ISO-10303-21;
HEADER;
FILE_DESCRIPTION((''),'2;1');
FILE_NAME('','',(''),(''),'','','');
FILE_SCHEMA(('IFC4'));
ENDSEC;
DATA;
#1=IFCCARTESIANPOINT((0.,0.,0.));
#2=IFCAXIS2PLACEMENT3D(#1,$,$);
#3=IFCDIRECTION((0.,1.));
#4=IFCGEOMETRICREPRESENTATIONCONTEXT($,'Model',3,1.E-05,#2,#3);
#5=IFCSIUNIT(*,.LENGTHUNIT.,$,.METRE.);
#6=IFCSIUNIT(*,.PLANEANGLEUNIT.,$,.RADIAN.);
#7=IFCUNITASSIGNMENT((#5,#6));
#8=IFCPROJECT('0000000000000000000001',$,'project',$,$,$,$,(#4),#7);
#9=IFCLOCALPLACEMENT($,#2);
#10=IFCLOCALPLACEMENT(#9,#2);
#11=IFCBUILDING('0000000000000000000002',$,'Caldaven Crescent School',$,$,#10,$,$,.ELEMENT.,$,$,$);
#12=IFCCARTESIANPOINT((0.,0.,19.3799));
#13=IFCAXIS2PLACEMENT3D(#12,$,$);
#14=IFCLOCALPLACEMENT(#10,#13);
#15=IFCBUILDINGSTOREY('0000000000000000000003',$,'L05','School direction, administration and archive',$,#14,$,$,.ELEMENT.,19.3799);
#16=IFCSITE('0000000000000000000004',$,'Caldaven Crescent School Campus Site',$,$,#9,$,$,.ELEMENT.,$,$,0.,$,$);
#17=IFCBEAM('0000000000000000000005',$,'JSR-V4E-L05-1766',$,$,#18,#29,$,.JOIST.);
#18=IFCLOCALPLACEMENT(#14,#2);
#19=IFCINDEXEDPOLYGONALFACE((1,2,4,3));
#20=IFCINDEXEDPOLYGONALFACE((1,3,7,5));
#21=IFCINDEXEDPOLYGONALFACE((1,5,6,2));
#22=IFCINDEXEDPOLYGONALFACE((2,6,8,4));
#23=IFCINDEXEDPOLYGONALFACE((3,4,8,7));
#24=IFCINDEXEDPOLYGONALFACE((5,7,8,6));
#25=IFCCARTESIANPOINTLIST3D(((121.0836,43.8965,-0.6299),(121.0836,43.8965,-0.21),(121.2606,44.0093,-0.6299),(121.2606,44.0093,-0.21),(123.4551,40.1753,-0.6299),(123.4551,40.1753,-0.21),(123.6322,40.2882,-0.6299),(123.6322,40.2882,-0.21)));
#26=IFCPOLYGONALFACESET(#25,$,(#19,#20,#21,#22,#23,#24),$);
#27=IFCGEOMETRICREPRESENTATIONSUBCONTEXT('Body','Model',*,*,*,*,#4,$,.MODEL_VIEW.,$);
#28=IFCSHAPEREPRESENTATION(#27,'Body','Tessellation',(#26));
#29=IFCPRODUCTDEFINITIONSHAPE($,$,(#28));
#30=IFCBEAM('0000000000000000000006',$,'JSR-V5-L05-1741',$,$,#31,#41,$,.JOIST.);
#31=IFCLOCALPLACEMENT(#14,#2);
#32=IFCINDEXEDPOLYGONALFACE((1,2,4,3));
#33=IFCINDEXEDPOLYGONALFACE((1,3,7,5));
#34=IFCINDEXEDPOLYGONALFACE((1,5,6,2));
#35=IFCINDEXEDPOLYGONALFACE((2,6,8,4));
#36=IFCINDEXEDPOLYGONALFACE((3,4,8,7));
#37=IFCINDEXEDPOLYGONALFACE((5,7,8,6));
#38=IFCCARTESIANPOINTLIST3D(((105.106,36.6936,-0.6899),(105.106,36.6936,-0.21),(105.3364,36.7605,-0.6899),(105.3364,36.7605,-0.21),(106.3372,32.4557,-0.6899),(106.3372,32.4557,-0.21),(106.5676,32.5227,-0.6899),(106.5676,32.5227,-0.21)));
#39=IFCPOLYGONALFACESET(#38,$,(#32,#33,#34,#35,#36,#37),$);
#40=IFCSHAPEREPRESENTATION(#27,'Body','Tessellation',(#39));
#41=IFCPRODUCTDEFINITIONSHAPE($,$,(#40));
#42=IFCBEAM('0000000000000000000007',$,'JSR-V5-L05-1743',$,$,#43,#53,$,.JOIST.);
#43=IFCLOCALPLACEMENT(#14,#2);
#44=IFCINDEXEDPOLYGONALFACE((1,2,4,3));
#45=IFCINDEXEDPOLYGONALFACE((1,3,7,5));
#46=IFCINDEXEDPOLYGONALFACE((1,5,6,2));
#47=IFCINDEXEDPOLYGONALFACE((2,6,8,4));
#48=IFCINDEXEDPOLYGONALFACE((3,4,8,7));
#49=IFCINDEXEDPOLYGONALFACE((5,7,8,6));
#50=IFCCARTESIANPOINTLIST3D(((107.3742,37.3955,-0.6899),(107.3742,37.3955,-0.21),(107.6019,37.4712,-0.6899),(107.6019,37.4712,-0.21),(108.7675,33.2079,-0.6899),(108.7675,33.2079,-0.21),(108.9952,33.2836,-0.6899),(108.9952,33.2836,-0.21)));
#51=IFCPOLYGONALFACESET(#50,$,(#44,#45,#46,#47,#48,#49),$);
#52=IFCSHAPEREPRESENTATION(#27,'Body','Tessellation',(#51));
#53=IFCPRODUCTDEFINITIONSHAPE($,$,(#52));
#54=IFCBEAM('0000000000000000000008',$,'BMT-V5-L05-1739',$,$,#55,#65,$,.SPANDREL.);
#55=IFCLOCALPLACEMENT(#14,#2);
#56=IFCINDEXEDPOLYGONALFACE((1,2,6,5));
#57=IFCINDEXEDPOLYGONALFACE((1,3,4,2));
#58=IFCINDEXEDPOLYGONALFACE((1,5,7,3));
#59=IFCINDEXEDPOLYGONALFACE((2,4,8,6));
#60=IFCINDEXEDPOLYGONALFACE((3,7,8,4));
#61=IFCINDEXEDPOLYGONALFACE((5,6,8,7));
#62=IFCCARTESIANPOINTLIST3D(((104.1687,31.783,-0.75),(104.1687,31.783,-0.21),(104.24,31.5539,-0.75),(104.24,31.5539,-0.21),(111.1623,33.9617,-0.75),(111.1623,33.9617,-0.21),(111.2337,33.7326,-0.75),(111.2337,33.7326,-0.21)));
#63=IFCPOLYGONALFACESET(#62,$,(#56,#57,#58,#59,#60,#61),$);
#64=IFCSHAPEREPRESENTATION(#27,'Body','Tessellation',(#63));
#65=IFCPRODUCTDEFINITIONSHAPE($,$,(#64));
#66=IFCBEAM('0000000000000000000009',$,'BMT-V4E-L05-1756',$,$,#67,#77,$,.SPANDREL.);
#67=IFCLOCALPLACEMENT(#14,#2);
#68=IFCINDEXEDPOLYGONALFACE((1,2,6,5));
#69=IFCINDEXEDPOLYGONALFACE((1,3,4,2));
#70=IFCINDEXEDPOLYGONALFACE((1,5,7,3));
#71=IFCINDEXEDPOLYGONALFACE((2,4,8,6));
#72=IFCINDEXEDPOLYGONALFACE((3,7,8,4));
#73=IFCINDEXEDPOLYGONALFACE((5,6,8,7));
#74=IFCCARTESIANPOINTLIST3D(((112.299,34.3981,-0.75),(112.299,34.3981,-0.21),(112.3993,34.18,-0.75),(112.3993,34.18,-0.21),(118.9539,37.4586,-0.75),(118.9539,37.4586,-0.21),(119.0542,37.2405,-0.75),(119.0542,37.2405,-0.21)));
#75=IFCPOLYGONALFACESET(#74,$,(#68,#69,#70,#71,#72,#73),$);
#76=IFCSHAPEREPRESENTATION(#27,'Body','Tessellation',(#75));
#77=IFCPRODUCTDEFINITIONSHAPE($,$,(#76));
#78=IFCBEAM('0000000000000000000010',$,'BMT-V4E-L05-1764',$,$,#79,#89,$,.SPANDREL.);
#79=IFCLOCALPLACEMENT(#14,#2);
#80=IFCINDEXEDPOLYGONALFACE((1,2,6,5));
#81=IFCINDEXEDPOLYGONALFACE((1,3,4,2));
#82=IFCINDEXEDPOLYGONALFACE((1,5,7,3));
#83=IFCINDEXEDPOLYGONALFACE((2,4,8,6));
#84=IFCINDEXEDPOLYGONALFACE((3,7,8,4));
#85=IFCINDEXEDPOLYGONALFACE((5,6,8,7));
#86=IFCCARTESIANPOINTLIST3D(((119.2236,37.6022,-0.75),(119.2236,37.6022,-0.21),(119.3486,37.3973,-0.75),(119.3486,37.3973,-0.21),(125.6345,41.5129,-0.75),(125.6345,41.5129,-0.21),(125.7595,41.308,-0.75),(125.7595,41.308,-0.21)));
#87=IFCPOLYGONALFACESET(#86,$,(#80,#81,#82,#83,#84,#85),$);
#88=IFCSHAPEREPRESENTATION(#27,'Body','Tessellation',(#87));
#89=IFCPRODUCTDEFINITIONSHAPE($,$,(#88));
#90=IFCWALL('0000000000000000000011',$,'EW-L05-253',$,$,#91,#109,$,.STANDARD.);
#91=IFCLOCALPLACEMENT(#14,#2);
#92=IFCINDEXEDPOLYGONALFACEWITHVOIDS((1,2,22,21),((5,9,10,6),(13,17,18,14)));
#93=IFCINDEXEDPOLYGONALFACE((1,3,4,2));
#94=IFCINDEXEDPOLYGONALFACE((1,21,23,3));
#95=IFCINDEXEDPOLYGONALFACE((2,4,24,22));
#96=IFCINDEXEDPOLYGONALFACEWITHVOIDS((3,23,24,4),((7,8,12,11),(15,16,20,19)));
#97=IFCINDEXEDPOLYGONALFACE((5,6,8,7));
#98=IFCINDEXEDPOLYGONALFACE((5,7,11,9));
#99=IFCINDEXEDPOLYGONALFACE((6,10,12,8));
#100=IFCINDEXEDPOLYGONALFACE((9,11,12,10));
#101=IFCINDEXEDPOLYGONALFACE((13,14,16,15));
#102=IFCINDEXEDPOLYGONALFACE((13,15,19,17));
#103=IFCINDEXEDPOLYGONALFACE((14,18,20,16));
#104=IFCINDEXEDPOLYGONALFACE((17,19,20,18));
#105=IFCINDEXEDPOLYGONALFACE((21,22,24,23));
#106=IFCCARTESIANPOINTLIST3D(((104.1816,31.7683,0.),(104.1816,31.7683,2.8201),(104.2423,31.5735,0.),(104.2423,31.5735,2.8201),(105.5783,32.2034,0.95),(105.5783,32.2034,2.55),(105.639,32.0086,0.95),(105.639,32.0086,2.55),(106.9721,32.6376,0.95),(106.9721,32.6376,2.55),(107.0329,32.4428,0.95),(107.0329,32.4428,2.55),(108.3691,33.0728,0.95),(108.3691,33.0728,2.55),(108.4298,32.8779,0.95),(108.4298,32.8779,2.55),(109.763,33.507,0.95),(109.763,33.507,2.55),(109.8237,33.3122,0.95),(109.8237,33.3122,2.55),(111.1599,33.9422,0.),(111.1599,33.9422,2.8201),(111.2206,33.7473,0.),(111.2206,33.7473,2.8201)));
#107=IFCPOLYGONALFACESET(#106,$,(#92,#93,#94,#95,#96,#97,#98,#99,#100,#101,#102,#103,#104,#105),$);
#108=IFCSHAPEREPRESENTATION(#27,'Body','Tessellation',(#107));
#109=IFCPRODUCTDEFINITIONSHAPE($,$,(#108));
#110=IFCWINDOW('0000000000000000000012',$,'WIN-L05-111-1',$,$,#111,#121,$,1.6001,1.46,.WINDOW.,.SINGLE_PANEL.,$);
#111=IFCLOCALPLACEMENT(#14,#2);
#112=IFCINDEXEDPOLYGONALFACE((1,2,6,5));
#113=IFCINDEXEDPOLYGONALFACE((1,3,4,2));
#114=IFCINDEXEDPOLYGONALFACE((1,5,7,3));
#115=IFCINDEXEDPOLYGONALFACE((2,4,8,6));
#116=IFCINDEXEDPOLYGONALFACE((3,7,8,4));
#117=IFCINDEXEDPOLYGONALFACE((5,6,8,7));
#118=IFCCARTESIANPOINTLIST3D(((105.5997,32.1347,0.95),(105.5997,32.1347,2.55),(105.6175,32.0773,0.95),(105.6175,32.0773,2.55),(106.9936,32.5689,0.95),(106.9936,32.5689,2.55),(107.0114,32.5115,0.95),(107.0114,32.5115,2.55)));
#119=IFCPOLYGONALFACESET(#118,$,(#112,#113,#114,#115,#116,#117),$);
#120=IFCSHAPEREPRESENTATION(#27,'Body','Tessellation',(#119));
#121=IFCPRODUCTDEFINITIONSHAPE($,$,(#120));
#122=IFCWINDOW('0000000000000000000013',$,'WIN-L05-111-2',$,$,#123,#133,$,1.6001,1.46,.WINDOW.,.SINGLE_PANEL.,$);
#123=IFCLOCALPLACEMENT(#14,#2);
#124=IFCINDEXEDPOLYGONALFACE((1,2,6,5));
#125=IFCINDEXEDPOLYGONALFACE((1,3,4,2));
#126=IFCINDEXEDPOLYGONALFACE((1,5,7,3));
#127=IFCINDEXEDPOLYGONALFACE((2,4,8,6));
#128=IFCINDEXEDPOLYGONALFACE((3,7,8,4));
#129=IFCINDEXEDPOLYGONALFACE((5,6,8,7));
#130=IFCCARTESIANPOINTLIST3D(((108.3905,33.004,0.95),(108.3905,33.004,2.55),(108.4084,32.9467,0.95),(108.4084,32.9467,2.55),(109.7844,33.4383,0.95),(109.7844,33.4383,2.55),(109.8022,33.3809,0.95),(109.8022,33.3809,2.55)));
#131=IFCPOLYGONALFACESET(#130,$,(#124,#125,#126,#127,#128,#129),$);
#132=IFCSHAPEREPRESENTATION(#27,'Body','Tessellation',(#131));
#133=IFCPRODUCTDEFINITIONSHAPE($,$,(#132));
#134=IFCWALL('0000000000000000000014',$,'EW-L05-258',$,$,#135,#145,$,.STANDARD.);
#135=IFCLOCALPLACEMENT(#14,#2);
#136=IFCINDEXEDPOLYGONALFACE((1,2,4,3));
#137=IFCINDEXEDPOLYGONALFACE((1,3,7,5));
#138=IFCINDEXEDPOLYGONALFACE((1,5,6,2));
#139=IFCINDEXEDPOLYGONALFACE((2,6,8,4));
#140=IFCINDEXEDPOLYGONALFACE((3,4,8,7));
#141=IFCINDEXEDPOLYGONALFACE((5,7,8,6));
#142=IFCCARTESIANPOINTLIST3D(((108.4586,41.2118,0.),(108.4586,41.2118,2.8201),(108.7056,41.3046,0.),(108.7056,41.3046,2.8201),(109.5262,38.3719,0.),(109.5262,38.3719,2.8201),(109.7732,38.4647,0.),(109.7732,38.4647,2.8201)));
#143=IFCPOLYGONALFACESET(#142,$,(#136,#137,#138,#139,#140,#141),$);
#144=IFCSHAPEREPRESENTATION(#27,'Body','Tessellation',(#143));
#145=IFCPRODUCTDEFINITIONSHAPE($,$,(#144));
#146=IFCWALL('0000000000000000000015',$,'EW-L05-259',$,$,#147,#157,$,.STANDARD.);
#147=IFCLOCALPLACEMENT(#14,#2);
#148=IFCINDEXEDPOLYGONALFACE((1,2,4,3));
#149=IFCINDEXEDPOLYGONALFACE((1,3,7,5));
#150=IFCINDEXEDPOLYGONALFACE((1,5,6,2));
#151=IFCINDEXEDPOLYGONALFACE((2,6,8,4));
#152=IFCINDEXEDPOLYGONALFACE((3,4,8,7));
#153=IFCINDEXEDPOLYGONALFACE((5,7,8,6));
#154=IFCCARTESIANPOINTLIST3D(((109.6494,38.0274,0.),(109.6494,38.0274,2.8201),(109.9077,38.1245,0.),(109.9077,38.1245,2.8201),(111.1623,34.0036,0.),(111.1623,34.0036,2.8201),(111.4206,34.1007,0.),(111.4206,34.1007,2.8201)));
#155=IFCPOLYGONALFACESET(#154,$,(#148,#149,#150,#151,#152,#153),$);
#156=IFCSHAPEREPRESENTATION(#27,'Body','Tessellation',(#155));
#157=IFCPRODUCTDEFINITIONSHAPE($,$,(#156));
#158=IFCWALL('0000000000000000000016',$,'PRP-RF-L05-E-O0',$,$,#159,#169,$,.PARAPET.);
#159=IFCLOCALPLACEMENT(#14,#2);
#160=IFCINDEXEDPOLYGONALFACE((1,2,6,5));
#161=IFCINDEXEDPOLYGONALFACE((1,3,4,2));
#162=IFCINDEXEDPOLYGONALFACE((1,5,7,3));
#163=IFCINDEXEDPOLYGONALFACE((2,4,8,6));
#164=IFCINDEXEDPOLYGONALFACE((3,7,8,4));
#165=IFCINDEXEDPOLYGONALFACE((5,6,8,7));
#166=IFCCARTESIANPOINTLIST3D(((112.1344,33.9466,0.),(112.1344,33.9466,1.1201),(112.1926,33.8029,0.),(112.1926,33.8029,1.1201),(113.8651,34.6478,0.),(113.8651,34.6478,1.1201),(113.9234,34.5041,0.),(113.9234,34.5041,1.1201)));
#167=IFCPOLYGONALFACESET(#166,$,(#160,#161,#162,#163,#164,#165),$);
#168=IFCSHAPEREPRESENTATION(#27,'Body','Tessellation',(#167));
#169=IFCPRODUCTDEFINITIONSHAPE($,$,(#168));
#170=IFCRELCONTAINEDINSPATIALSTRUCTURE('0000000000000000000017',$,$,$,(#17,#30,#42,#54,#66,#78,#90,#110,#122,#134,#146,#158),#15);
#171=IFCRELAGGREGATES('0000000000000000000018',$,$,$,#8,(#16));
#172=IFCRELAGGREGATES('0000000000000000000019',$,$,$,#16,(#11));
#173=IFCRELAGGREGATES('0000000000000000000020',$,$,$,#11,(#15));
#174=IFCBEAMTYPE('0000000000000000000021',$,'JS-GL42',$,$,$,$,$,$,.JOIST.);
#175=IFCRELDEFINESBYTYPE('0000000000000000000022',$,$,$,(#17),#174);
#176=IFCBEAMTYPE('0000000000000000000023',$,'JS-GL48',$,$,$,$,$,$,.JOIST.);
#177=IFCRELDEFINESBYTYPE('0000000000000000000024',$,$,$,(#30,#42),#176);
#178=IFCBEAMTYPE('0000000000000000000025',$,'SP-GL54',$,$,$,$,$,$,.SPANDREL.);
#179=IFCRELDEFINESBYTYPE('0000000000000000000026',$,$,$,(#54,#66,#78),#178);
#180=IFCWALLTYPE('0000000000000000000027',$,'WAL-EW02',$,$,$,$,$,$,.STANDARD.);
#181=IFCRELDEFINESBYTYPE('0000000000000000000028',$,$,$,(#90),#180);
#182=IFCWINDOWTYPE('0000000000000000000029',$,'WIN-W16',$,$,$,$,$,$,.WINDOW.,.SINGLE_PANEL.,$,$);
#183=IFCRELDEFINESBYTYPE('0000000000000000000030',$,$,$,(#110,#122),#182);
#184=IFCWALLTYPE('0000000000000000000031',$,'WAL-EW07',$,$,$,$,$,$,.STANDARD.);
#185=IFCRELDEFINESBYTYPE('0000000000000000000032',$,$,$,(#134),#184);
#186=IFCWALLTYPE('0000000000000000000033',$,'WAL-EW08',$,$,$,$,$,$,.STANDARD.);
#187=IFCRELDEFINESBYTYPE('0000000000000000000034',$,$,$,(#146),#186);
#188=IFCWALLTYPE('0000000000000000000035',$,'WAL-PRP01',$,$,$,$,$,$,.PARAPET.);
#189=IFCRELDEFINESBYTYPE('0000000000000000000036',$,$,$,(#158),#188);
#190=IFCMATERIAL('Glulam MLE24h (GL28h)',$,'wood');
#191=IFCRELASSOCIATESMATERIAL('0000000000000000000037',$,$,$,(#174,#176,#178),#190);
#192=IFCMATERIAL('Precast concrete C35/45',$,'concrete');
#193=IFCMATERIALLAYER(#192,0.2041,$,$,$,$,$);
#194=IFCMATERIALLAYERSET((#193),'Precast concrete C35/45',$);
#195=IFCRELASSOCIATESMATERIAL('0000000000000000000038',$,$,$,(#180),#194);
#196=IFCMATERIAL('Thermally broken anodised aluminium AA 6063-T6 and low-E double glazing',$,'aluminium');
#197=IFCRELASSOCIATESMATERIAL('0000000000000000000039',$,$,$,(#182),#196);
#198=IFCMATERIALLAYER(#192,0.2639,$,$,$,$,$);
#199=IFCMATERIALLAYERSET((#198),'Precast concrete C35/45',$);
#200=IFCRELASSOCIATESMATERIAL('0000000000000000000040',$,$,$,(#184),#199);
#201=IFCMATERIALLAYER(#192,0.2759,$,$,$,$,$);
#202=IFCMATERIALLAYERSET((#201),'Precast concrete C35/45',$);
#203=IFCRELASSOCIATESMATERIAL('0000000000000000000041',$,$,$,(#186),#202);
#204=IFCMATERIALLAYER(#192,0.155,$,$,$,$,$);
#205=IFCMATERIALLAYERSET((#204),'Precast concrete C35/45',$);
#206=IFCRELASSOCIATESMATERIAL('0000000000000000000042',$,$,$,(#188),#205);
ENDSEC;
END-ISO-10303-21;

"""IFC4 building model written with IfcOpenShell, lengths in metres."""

from ifc_helpers import new_model, si_unit, direction, frame, frame_2d, origin, origin_2d, place, context, subcontext, project, spatial, rectangle, extrude, material, layer, layer_set, material_profile, profile_set, type_object, element, fill, save


model = new_model("IFC4")

# Units and contexts
model_context = context("Model", 3, precision=1e-05, world=origin(), true_north=direction((0.0, 1.0)))
body_context = subcontext(model_context, "Body", "Model", "MODEL_VIEW")
ifc_project = project(units=[si_unit("LENGTHUNIT", "METRE"), si_unit("PLANEANGLEUNIT", "RADIAN")], contexts=[model_context])

# Site, building, storey
site_placement = place(None, origin())
site = spatial("IfcSite", under=ifc_project, at=site_placement, Name="Caldaven Crescent School Campus Site", CompositionType="ELEMENT", RefElevation=0.0)
building_placement = place(site_placement, origin())
building = spatial("IfcBuilding", under=site, at=building_placement, Name="Caldaven Crescent School", CompositionType="ELEMENT")
storey_placement = place(building_placement, frame((0.0, 0.0, 19.3799)))
storey = spatial("IfcBuildingStorey", under=building, at=storey_placement, Name="L05", Description="School direction, administration and archive", CompositionType="ELEMENT", Elevation=19.3799)

# Shared definitions
ifc_material_1 = material(Name="Glulam MLE24h (GL28h)", Category="wood")

# Beams
ifc_material_profile_1 = material_profile(ifc_material_1, rectangle(XDim=0.21, YDim=0.4199, at=origin_2d()), Name="MLE 210x420")
ifc_profile_set_1 = profile_set([ifc_material_profile_1], Name="Glulam MLE24h (GL28h)")
beam_type_1 = type_object("IfcBeamType", Name="JS-GL42", PredefinedType="JOIST", material=ifc_profile_set_1)
beam_1_placement = place(storey_placement, frame((121.1721, 43.9529, -0.4199), z_axis=(0.537448, -0.843297, 0.0), x_axis=(0.843297, 0.537448, 0.0)))
element("IfcBeam", 1, at=beam_1_placement, inside=storey, type_object=beam_type_1, Name="JSR-V4E-L05-1766", PredefinedType="JOIST", context=body_context, shape_type="SweptSolid", body=[
    extrude(rectangle(XDim=0.21, YDim=0.4199, at=origin_2d()), origin(), (0.0, 0.0, 1.0), 4.4126),
])
ifc_material_profile_2 = material_profile(ifc_material_1, rectangle(XDim=0.24, YDim=0.48, at=origin_2d()), Name="MLE 240x480")
ifc_profile_set_2 = profile_set([ifc_material_profile_2], Name="Glulam MLE24h (GL28h)")
beam_type_2 = type_object("IfcBeamType", Name="JS-GL48", PredefinedType="JOIST", material=ifc_profile_set_2)
beam_2_placement = place(storey_placement, frame((105.2212, 36.7271, -0.45), z_axis=(0.278993, -0.960293, 0.0), x_axis=(0.960293, 0.278993, 0.0)))
element("IfcBeam", 2, at=beam_2_placement, inside=storey, type_object=beam_type_2, Name="JSR-V5-L05-1741", PredefinedType="JOIST", context=body_context, shape_type="SweptSolid", body=[
    extrude(rectangle(XDim=0.24, YDim=0.48, at=origin_2d()), origin(), (0.0, 0.0, 1.0), 4.4131),
])
beam_3_placement = place(storey_placement, frame((107.488, 37.4333, -0.45), z_axis=(0.315713, -0.948855, 0.0), x_axis=(0.948855, 0.315713, 0.0)))
element("IfcBeam", 3, at=beam_3_placement, inside=storey, type_object=beam_type_2, Name="JSR-V5-L05-1743", PredefinedType="JOIST", context=body_context, shape_type="SweptSolid", body=[
    extrude(rectangle(XDim=0.24, YDim=0.48, at=origin_2d()), origin(), (0.0, 0.0, 1.0), 4.4133),
])
ifc_material_profile_3 = material_profile(ifc_material_1, rectangle(XDim=0.24, YDim=0.54, at=origin_2d()), Name="MLE 240x540")
ifc_profile_set_3 = profile_set([ifc_material_profile_3], Name="Glulam MLE24h (GL28h)")
beam_type_3 = type_object("IfcBeamType", Name="SP-GL54", PredefinedType="SPANDREL", material=ifc_profile_set_3)
beam_4_placement = place(storey_placement, frame((104.2043, 31.6685, -0.48), z_axis=(0.954744, 0.297428, 0.0), x_axis=(-0.297428, 0.954744, 0.0)))
element("IfcBeam", 4, at=beam_4_placement, inside=storey, type_object=beam_type_3, Name="BMT-V5-L05-1739", PredefinedType="SPANDREL", context=body_context, shape_type="SweptSolid", body=[
    extrude(rectangle(XDim=0.24, YDim=0.54, at=origin_2d()), origin(), (0.0, 0.0, 1.0), 7.3252),
])
beam_5_placement = place(storey_placement, frame((112.3491, 34.2891, -0.48), z_axis=(0.90853, 0.417819, 0.0), x_axis=(-0.417819, 0.90853, 0.0)))
element("IfcBeam", 5, at=beam_5_placement, inside=storey, type_object=beam_type_3, Name="BMT-V4E-L05-1756", PredefinedType="SPANDREL", context=body_context, shape_type="SweptSolid", body=[
    extrude(rectangle(XDim=0.24, YDim=0.54, at=origin_2d()), origin(), (0.0, 0.0, 1.0), 7.325),
])
beam_6_placement = place(storey_placement, frame((119.2861, 37.4998, -0.48), z_axis=(0.853703, 0.520759, 0.0), x_axis=(-0.520759, 0.853703, 0.0)))
element("IfcBeam", 6, at=beam_6_placement, inside=storey, type_object=beam_type_3, Name="BMT-V4E-L05-1764", PredefinedType="SPANDREL", context=body_context, shape_type="SweptSolid", body=[
    extrude(rectangle(XDim=0.24, YDim=0.54, at=origin_2d()), origin(), (0.0, 0.0, 1.0), 7.5095),
])

# Wall, openings, windows
ifc_material_2 = material(Name="Precast concrete C35/45", Category="concrete")
ifc_layer_1 = layer(ifc_material_2, 0.2041)
ifc_layer_set_1 = layer_set([ifc_layer_1], Name="Precast concrete C35/45")
wall_type_1 = type_object("IfcWallType", Name="WAL-EW02", PredefinedType="STANDARD", material=ifc_layer_set_1)
wall_1_placement = place(storey_placement, frame((104.2119, 31.6709, 0.0), z_axis=(0.0, 0.0, 1.0), x_axis=(0.954748, 0.297417, 0.0)))
wall_1 = element("IfcWall", 7, at=wall_1_placement, inside=storey, type_object=wall_type_1, Name="EW-L05-253", PredefinedType="STANDARD", context=body_context, shape_type="SweptSolid", body=[
    extrude(rectangle(XDim=7.3091, YDim=0.2041, at=frame_2d((3.6545, 0.0))), origin(), (0.0, 0.0, 1.0), 2.8201),
])
opening_1_placement = place(wall_1_placement, frame((1.4629, 0.0, 0.95)))
opening_1 = element("IfcOpeningElement", 8, at=opening_1_placement, cuts=wall_1, PredefinedType="OPENING", context=body_context, shape_type="SweptSolid", body=[
    extrude(rectangle(XDim=1.46, YDim=1.6001, at=frame_2d((0.73, 0.8))), frame((0.0, 0.1121, 0.0), z_axis=(0.0, -1.0, 0.0), x_axis=(1.0, 0.0, 0.0)), (0.0, 0.0, 1.0), 0.2241),
])
opening_2_placement = place(wall_1_placement, frame((4.386, 0.0, 0.95)))
opening_2 = element("IfcOpeningElement", 9, at=opening_2_placement, cuts=wall_1, PredefinedType="OPENING", context=body_context, shape_type="SweptSolid", body=[
    extrude(rectangle(XDim=1.46, YDim=1.6001, at=frame_2d((0.73, 0.8))), frame((0.0, 0.1121, 0.0), z_axis=(0.0, -1.0, 0.0), x_axis=(1.0, 0.0, 0.0)), (0.0, 0.0, 1.0), 0.2241),
])
ifc_material_3 = material(Name="Thermally broken anodised aluminium AA 6063-T6 and low-E double glazing", Category="aluminium")
window_type = type_object("IfcWindowType", Name="WIN-W16", PartitioningType="SINGLE_PANEL", PredefinedType="WINDOW", material=ifc_material_3)
window_1_placement = place(opening_1_placement, origin())
window_1 = element("IfcWindow", 10, at=window_1_placement, inside=storey, type_object=window_type, Name="WIN-L05-111-1", OverallHeight=1.6001, OverallWidth=1.46, PartitioningType="SINGLE_PANEL", PredefinedType="WINDOW", context=body_context, shape_type="SweptSolid", body=[
    extrude(rectangle(XDim=1.46, YDim=1.6001, at=frame_2d((0.73, 0.8))), frame((0.0, 0.03, 0.0), z_axis=(0.0, -1.0, 0.0), x_axis=(1.0, 0.0, 0.0)), (0.0, 0.0, 1.0), 0.0601),
])
fill(opening_1, window_1)
window_2_placement = place(opening_2_placement, origin())
window_2 = element("IfcWindow", 11, at=window_2_placement, inside=storey, type_object=window_type, Name="WIN-L05-111-2", OverallHeight=1.6001, OverallWidth=1.46, PartitioningType="SINGLE_PANEL", PredefinedType="WINDOW", context=body_context, shape_type="SweptSolid", body=[
    extrude(rectangle(XDim=1.46, YDim=1.6001, at=frame_2d((0.73, 0.8))), frame((0.0, 0.03, 0.0), z_axis=(0.0, -1.0, 0.0), x_axis=(1.0, 0.0, 0.0)), (0.0, 0.0, 1.0), 0.0601),
])
fill(opening_2, window_2)

# Walls
ifc_layer_2 = layer(ifc_material_2, 0.2639)
ifc_layer_set_2 = layer_set([ifc_layer_2], Name="Precast concrete C35/45")
wall_type_2 = type_object("IfcWallType", Name="WAL-EW07", PredefinedType="STANDARD", material=ifc_layer_set_2)
wall_2_placement = place(storey_placement, frame((108.582, 41.2583, 0.0), z_axis=(0.0, 0.0, 1.0), x_axis=(0.351899, -0.936038, 0.0)))
element("IfcWall", 12, at=wall_2_placement, inside=storey, type_object=wall_type_2, Name="EW-L05-258", PredefinedType="STANDARD", context=body_context, shape_type="SweptSolid", body=[
    extrude(rectangle(XDim=3.0339, YDim=0.2639, at=frame_2d((1.5171, 0.0))), origin(), (0.0, 0.0, 1.0), 2.8201),
])
ifc_layer_3 = layer(ifc_material_2, 0.2759)
ifc_layer_set_3 = layer_set([ifc_layer_3], Name="Precast concrete C35/45")
wall_type_3 = type_object("IfcWallType", Name="WAL-EW08", PredefinedType="STANDARD", material=ifc_layer_set_3)
wall_3_placement = place(storey_placement, frame((109.7786, 38.0759, 0.0), z_axis=(0.0, 0.0, 1.0), x_axis=(0.351932, -0.936025, 0.0)))
element("IfcWall", 13, at=wall_3_placement, inside=storey, type_object=wall_type_3, Name="EW-L05-259", PredefinedType="STANDARD", context=body_context, shape_type="SweptSolid", body=[
    extrude(rectangle(XDim=4.2988, YDim=0.2759, at=frame_2d((2.1494, 0.0))), origin(), (0.0, 0.0, 1.0), 2.8201),
])
ifc_layer_4 = layer(ifc_material_2, 0.155)
ifc_layer_set_4 = layer_set([ifc_layer_4], Name="Precast concrete C35/45")
wall_type_4 = type_object("IfcWallType", Name="WAL-PRP01", PredefinedType="PARAPET", material=ifc_layer_set_4)
wall_4_placement = place(storey_placement, frame((112.1636, 33.8748, 0.0), z_axis=(0.0, 0.0, 1.0), x_axis=(0.926827, 0.37549, 0.0)))
element("IfcWall", 14, at=wall_4_placement, inside=storey, type_object=wall_type_4, Name="PRP-RF-L05-E-O0", PredefinedType="PARAPET", context=body_context, shape_type="SweptSolid", body=[
    extrude(rectangle(XDim=1.8674, YDim=0.155, at=frame_2d((0.9336, 0.0))), origin(), (0.0, 0.0, 1.0), 1.1201),
])

save(model, "model.ifc")
